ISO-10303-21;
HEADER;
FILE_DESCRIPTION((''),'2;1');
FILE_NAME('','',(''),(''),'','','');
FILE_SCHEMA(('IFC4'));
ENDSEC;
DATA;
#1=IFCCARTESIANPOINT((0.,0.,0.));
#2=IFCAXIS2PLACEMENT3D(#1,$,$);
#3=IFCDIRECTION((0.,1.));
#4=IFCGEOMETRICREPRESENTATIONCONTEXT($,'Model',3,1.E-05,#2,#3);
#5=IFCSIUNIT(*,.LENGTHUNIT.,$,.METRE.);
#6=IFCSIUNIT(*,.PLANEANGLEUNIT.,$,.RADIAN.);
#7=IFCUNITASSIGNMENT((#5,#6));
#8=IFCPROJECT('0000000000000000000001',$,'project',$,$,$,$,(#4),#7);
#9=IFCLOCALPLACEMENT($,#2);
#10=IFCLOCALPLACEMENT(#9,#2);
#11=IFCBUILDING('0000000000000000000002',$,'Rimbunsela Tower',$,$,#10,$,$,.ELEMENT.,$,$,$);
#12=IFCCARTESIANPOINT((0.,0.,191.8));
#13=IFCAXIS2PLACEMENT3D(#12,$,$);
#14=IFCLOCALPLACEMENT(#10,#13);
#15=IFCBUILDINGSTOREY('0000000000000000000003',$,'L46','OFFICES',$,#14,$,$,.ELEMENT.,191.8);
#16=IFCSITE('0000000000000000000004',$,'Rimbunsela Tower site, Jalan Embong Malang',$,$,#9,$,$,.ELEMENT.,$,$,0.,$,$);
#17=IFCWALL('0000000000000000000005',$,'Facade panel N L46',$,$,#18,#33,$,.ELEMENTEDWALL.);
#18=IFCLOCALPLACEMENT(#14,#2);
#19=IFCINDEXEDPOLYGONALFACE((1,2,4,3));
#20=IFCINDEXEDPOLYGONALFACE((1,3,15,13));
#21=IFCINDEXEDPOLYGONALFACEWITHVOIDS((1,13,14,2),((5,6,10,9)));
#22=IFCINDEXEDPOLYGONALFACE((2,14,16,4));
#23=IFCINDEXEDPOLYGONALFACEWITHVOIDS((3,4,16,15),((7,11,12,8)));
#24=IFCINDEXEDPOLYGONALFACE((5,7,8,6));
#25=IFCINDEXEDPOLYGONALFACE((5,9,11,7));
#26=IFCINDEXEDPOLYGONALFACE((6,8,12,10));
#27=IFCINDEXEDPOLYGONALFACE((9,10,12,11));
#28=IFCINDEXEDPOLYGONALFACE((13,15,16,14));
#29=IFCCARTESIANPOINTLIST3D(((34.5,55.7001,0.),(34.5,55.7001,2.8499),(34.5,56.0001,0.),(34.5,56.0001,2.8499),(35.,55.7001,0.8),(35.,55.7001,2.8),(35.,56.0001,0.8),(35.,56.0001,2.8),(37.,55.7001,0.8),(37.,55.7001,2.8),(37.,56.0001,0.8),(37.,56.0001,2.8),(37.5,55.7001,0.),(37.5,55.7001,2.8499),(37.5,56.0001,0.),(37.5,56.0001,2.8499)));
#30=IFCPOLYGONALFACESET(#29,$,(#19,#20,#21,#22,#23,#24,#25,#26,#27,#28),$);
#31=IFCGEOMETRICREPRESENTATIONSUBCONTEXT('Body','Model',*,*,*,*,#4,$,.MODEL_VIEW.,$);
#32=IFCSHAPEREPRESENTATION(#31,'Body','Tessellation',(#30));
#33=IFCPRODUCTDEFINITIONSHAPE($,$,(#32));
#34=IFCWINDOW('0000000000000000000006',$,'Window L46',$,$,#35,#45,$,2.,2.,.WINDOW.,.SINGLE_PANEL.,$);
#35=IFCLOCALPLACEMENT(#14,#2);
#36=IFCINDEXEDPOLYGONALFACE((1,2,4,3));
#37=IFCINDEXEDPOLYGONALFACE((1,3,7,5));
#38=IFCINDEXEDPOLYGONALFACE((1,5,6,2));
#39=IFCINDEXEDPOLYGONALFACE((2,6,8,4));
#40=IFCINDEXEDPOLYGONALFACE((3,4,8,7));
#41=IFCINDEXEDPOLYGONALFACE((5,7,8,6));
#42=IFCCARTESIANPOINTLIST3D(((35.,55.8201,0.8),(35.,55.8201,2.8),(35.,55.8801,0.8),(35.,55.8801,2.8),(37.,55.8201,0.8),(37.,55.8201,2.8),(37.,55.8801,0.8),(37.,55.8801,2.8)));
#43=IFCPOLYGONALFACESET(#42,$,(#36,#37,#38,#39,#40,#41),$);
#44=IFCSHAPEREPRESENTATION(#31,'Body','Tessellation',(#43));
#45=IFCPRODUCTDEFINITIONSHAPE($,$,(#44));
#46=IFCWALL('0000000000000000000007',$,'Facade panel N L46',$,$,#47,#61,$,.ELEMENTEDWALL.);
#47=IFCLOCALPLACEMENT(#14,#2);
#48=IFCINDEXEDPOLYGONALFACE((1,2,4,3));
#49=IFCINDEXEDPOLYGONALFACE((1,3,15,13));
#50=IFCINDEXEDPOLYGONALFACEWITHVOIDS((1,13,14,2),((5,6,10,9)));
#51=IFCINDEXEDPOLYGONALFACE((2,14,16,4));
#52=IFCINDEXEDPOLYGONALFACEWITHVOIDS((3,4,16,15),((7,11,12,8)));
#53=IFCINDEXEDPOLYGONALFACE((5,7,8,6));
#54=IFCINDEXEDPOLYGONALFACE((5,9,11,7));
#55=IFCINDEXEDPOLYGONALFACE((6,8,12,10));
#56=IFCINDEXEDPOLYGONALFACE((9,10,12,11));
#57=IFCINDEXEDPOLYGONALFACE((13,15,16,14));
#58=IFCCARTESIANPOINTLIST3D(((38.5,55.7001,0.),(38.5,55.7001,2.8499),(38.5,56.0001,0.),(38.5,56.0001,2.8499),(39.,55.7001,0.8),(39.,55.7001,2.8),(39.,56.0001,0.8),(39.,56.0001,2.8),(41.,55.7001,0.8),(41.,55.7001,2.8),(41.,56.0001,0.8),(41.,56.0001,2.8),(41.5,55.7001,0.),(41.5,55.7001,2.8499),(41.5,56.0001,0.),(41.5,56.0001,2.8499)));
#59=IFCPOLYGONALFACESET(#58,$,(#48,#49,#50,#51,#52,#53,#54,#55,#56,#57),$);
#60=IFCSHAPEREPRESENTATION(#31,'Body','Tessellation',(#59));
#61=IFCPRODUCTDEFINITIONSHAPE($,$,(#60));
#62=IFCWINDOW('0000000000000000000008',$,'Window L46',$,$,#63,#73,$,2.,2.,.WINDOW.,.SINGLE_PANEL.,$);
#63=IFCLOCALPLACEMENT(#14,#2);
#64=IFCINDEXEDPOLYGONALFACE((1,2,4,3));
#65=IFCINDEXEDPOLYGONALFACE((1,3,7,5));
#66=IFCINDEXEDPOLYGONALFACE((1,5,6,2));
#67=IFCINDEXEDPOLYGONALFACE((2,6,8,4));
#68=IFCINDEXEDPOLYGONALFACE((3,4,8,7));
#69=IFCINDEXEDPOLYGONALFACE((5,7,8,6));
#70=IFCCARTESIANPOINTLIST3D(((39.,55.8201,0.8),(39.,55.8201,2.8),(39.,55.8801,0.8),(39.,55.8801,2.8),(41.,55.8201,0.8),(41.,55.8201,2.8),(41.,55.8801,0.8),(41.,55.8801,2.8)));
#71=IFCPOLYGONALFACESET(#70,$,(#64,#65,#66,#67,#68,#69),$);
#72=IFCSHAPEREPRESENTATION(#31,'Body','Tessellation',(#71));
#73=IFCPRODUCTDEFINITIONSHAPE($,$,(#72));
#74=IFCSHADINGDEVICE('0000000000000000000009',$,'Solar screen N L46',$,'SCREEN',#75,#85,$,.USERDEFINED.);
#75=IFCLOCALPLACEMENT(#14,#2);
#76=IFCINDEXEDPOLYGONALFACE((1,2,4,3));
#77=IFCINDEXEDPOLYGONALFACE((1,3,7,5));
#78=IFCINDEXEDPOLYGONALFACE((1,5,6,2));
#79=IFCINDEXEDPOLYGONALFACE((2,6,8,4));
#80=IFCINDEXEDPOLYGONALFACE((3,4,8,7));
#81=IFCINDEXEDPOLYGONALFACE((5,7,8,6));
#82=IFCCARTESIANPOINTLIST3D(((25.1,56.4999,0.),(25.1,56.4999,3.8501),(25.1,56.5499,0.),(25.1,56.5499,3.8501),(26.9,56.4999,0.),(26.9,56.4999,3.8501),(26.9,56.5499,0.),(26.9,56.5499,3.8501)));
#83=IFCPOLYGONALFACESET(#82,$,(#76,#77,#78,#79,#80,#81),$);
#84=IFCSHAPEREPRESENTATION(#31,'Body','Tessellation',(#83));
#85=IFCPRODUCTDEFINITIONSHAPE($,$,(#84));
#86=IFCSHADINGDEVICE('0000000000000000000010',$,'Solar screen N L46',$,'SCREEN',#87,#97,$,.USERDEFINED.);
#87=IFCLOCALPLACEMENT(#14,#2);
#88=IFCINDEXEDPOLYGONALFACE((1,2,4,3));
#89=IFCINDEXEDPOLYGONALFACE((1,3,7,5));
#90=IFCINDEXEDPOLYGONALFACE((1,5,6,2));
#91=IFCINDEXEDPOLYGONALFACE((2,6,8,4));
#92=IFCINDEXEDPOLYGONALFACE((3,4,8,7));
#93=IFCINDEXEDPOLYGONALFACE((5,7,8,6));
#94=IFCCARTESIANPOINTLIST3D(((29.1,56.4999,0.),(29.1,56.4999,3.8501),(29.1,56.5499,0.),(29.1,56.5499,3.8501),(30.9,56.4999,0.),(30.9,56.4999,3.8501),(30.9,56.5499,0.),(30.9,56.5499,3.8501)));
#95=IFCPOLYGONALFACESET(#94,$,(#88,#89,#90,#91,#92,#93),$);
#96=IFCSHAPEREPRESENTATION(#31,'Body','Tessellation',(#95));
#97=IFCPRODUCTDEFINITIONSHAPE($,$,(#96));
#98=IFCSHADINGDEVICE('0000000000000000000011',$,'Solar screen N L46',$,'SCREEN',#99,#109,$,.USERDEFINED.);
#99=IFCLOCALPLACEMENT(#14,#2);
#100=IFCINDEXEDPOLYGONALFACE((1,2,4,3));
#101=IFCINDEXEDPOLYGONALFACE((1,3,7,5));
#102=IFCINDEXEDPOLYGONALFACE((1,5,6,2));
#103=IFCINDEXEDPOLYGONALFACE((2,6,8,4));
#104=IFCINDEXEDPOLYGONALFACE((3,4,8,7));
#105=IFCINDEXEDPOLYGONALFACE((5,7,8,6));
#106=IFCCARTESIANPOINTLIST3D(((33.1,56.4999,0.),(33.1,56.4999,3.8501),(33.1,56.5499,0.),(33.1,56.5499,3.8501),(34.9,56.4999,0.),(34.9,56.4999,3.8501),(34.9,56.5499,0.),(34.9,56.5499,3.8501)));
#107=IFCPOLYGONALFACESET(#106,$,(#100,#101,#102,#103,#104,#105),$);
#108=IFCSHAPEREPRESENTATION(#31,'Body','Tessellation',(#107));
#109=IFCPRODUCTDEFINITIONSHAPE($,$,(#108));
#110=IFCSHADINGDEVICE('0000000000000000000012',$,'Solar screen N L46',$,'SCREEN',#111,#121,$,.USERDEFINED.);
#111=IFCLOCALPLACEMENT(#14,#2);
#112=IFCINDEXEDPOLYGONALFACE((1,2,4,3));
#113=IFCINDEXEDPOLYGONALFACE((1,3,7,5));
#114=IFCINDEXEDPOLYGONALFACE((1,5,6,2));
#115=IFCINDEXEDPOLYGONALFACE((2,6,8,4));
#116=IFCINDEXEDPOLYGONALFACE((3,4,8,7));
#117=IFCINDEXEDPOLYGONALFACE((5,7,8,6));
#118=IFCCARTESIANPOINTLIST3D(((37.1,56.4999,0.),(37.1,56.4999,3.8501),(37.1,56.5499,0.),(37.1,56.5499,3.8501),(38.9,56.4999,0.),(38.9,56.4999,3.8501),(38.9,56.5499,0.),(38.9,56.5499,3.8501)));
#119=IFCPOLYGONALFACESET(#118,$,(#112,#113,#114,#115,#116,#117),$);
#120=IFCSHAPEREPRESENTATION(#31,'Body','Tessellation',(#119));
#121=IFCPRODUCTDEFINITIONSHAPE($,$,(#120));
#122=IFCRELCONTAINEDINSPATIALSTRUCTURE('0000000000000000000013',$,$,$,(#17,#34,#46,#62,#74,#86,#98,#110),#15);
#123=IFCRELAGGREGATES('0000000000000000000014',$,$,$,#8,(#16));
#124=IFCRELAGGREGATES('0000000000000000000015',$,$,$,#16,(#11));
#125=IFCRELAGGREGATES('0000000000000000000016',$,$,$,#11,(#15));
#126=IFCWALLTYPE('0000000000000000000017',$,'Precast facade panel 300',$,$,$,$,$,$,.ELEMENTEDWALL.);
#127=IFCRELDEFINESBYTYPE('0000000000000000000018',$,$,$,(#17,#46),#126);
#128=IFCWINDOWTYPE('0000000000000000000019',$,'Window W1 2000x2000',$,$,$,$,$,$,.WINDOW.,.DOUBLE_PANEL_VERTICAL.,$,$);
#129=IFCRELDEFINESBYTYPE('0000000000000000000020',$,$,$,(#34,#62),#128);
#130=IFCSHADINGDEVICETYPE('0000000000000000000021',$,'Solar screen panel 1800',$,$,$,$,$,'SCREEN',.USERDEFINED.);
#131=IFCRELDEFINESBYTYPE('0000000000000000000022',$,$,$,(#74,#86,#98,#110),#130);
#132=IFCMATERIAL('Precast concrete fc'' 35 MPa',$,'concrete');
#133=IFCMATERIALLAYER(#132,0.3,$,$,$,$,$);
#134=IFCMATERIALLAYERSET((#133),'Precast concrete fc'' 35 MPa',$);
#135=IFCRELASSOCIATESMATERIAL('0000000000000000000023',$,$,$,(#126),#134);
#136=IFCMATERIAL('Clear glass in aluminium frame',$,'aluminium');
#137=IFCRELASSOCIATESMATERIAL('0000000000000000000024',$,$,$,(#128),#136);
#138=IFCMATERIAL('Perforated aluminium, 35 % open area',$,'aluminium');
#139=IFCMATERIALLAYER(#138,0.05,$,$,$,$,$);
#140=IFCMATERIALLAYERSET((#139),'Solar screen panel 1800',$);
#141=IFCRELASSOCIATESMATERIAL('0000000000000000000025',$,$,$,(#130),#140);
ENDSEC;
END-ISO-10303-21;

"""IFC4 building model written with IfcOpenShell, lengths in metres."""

from ifc_helpers import new_model, si_unit, direction, frame, frame_2d, origin, origin_2d, place, context, subcontext, project, spatial, rectangle, extrude, material, layer, layer_set, type_object, element, fill, save


model = new_model("IFC4")

# Units and contexts
model_context = context("Model", 3, precision=1e-05, world=origin(), true_north=direction((0.0, 1.0)))
body_context = subcontext(model_context, "Body", "Model", "MODEL_VIEW")
ifc_project = project(units=[si_unit("LENGTHUNIT", "METRE"), si_unit("PLANEANGLEUNIT", "RADIAN")], contexts=[model_context])

# Site, building, storey
site_placement = place(None, origin())
site = spatial("IfcSite", under=ifc_project, at=site_placement, Name="Rimbunsela Tower site, Jalan Embong Malang", CompositionType="ELEMENT", RefElevation=0.0)
building_placement = place(site_placement, origin())
building = spatial("IfcBuilding", under=site, at=building_placement, Name="Rimbunsela Tower", CompositionType="ELEMENT")
storey_placement = place(building_placement, frame((0.0, 0.0, 191.8)))
storey = spatial("IfcBuildingStorey", under=building, at=storey_placement, Name="L46", Description="OFFICES", CompositionType="ELEMENT", Elevation=191.8)

# Shared definitions
ifc_material_1 = material(Name="Precast concrete fc' 35 MPa", Category="concrete")
ifc_layer_1 = layer(ifc_material_1, 0.3)
ifc_layer_set_1 = layer_set([ifc_layer_1], Name="Precast concrete fc' 35 MPa")
wall_type_1 = type_object("IfcWallType", Name="Precast facade panel 300", PredefinedType="ELEMENTEDWALL", material=ifc_layer_set_1)

# Walls, openings, windows
ifc_material_2 = material(Name="Clear glass in aluminium frame", Category="aluminium")
window_type_1 = type_object("IfcWindowType", Name="Window W1 2000x2000", PartitioningType="DOUBLE_PANEL_VERTICAL", PredefinedType="WINDOW", material=ifc_material_2)
wall_1_placement = place(storey_placement, frame((37.5, 55.8501, 0.0), z_axis=(0.0, 0.0, 1.0), x_axis=(-1.0, 0.0, 0.0)))
wall_1 = element("IfcWall", 1, at=wall_1_placement, inside=storey, type_object=wall_type_1, Name="Facade panel N L46", PredefinedType="ELEMENTEDWALL", context=body_context, shape_type="SweptSolid", body=[
    extrude(rectangle(XDim=3.0, YDim=0.3, at=frame_2d((1.5, 0.0))), origin(), (0.0, 0.0, 1.0), 2.8499),
])
opening_1_placement = place(wall_1_placement, frame((0.5, 0.0, 0.8)))
opening_1 = element("IfcOpeningElement", 2, at=opening_1_placement, cuts=wall_1, PredefinedType="OPENING", context=body_context, shape_type="SweptSolid", body=[
    extrude(rectangle(XDim=2.0, YDim=2.0, at=frame_2d((1.0, 1.0))), frame((0.0, 0.1599, 0.0), z_axis=(0.0, -1.0, 0.0), x_axis=(1.0, 0.0, 0.0)), (0.0, 0.0, 1.0), 0.3201),
])
window_1_placement = place(opening_1_placement, origin())
window_1 = element("IfcWindow", 3, at=window_1_placement, inside=storey, type_object=window_type_1, Name="Window L46", OverallHeight=2.0, OverallWidth=2.0, PartitioningType="SINGLE_PANEL", PredefinedType="WINDOW", context=body_context, shape_type="SweptSolid", body=[
    extrude(rectangle(XDim=2.0, YDim=2.0, at=frame_2d((1.0, 1.0))), frame((0.0, 0.03, 0.0), z_axis=(0.0, -1.0, 0.0), x_axis=(1.0, 0.0, 0.0)), (0.0, 0.0, 1.0), 0.0601),
])
fill(opening_1, window_1)
wall_2_placement = place(storey_placement, frame((41.5, 55.8501, 0.0), z_axis=(0.0, 0.0, 1.0), x_axis=(-1.0, 0.0, 0.0)))
wall_2 = element("IfcWall", 4, at=wall_2_placement, inside=storey, type_object=wall_type_1, Name="Facade panel N L46", PredefinedType="ELEMENTEDWALL", context=body_context, shape_type="SweptSolid", body=[
    extrude(rectangle(XDim=3.0, YDim=0.3, at=frame_2d((1.5, 0.0))), origin(), (0.0, 0.0, 1.0), 2.8499),
])
opening_2_placement = place(wall_2_placement, frame((0.5, 0.0, 0.8)))
opening_2 = element("IfcOpeningElement", 5, at=opening_2_placement, cuts=wall_2, PredefinedType="OPENING", context=body_context, shape_type="SweptSolid", body=[
    extrude(rectangle(XDim=2.0, YDim=2.0, at=frame_2d((1.0, 1.0))), frame((0.0, 0.1599, 0.0), z_axis=(0.0, -1.0, 0.0), x_axis=(1.0, 0.0, 0.0)), (0.0, 0.0, 1.0), 0.3201),
])
window_2_placement = place(opening_2_placement, origin())
window_2 = element("IfcWindow", 6, at=window_2_placement, inside=storey, type_object=window_type_1, Name="Window L46", OverallHeight=2.0, OverallWidth=2.0, PartitioningType="SINGLE_PANEL", PredefinedType="WINDOW", context=body_context, shape_type="SweptSolid", body=[
    extrude(rectangle(XDim=2.0, YDim=2.0, at=frame_2d((1.0, 1.0))), frame((0.0, 0.03, 0.0), z_axis=(0.0, -1.0, 0.0), x_axis=(1.0, 0.0, 0.0)), (0.0, 0.0, 1.0), 0.0601),
])
fill(opening_2, window_2)

# Shading devices
ifc_material_3 = material(Name="Perforated aluminium, 35 % open area", Category="aluminium")
ifc_layer_2 = layer(ifc_material_3, 0.05)
ifc_layer_set_2 = layer_set([ifc_layer_2], Name="Solar screen panel 1800")
shading_device_type = type_object("IfcShadingDeviceType", Name="Solar screen panel 1800", ElementType="SCREEN", PredefinedType="USERDEFINED", material=ifc_layer_set_2)
for number, where, z_axis, x_axis, name in (
    (7, (26.0, 56.5249, 0.0), (0.0, 0.0, 1.0), (1.0, 0.0, 0.0), "Solar screen N L46"),
    (8, (30.0, 56.5249, 0.0), (0.0, 0.0, 1.0), (1.0, 0.0, 0.0), "Solar screen N L46"),
    (9, (34.0, 56.5249, 0.0), (0.0, 0.0, 1.0), (1.0, 0.0, 0.0), "Solar screen N L46"),
    (10, (38.0, 56.5249, 0.0), (0.0, 0.0, 1.0), (1.0, 0.0, 0.0), "Solar screen N L46"),
):
    element("IfcShadingDevice", number, at=place(storey_placement, frame(where, z_axis=z_axis, x_axis=x_axis)), inside=storey, type_object=shading_device_type, Name=name, ObjectType="SCREEN", PredefinedType="USERDEFINED", context=body_context, shape_type="SweptSolid", body=[
        extrude(rectangle(XDim=1.8, YDim=0.05, at=origin_2d()), origin(), (0.0, 0.0, 1.0), 3.8501),
    ])

save(model, "model.ifc")
